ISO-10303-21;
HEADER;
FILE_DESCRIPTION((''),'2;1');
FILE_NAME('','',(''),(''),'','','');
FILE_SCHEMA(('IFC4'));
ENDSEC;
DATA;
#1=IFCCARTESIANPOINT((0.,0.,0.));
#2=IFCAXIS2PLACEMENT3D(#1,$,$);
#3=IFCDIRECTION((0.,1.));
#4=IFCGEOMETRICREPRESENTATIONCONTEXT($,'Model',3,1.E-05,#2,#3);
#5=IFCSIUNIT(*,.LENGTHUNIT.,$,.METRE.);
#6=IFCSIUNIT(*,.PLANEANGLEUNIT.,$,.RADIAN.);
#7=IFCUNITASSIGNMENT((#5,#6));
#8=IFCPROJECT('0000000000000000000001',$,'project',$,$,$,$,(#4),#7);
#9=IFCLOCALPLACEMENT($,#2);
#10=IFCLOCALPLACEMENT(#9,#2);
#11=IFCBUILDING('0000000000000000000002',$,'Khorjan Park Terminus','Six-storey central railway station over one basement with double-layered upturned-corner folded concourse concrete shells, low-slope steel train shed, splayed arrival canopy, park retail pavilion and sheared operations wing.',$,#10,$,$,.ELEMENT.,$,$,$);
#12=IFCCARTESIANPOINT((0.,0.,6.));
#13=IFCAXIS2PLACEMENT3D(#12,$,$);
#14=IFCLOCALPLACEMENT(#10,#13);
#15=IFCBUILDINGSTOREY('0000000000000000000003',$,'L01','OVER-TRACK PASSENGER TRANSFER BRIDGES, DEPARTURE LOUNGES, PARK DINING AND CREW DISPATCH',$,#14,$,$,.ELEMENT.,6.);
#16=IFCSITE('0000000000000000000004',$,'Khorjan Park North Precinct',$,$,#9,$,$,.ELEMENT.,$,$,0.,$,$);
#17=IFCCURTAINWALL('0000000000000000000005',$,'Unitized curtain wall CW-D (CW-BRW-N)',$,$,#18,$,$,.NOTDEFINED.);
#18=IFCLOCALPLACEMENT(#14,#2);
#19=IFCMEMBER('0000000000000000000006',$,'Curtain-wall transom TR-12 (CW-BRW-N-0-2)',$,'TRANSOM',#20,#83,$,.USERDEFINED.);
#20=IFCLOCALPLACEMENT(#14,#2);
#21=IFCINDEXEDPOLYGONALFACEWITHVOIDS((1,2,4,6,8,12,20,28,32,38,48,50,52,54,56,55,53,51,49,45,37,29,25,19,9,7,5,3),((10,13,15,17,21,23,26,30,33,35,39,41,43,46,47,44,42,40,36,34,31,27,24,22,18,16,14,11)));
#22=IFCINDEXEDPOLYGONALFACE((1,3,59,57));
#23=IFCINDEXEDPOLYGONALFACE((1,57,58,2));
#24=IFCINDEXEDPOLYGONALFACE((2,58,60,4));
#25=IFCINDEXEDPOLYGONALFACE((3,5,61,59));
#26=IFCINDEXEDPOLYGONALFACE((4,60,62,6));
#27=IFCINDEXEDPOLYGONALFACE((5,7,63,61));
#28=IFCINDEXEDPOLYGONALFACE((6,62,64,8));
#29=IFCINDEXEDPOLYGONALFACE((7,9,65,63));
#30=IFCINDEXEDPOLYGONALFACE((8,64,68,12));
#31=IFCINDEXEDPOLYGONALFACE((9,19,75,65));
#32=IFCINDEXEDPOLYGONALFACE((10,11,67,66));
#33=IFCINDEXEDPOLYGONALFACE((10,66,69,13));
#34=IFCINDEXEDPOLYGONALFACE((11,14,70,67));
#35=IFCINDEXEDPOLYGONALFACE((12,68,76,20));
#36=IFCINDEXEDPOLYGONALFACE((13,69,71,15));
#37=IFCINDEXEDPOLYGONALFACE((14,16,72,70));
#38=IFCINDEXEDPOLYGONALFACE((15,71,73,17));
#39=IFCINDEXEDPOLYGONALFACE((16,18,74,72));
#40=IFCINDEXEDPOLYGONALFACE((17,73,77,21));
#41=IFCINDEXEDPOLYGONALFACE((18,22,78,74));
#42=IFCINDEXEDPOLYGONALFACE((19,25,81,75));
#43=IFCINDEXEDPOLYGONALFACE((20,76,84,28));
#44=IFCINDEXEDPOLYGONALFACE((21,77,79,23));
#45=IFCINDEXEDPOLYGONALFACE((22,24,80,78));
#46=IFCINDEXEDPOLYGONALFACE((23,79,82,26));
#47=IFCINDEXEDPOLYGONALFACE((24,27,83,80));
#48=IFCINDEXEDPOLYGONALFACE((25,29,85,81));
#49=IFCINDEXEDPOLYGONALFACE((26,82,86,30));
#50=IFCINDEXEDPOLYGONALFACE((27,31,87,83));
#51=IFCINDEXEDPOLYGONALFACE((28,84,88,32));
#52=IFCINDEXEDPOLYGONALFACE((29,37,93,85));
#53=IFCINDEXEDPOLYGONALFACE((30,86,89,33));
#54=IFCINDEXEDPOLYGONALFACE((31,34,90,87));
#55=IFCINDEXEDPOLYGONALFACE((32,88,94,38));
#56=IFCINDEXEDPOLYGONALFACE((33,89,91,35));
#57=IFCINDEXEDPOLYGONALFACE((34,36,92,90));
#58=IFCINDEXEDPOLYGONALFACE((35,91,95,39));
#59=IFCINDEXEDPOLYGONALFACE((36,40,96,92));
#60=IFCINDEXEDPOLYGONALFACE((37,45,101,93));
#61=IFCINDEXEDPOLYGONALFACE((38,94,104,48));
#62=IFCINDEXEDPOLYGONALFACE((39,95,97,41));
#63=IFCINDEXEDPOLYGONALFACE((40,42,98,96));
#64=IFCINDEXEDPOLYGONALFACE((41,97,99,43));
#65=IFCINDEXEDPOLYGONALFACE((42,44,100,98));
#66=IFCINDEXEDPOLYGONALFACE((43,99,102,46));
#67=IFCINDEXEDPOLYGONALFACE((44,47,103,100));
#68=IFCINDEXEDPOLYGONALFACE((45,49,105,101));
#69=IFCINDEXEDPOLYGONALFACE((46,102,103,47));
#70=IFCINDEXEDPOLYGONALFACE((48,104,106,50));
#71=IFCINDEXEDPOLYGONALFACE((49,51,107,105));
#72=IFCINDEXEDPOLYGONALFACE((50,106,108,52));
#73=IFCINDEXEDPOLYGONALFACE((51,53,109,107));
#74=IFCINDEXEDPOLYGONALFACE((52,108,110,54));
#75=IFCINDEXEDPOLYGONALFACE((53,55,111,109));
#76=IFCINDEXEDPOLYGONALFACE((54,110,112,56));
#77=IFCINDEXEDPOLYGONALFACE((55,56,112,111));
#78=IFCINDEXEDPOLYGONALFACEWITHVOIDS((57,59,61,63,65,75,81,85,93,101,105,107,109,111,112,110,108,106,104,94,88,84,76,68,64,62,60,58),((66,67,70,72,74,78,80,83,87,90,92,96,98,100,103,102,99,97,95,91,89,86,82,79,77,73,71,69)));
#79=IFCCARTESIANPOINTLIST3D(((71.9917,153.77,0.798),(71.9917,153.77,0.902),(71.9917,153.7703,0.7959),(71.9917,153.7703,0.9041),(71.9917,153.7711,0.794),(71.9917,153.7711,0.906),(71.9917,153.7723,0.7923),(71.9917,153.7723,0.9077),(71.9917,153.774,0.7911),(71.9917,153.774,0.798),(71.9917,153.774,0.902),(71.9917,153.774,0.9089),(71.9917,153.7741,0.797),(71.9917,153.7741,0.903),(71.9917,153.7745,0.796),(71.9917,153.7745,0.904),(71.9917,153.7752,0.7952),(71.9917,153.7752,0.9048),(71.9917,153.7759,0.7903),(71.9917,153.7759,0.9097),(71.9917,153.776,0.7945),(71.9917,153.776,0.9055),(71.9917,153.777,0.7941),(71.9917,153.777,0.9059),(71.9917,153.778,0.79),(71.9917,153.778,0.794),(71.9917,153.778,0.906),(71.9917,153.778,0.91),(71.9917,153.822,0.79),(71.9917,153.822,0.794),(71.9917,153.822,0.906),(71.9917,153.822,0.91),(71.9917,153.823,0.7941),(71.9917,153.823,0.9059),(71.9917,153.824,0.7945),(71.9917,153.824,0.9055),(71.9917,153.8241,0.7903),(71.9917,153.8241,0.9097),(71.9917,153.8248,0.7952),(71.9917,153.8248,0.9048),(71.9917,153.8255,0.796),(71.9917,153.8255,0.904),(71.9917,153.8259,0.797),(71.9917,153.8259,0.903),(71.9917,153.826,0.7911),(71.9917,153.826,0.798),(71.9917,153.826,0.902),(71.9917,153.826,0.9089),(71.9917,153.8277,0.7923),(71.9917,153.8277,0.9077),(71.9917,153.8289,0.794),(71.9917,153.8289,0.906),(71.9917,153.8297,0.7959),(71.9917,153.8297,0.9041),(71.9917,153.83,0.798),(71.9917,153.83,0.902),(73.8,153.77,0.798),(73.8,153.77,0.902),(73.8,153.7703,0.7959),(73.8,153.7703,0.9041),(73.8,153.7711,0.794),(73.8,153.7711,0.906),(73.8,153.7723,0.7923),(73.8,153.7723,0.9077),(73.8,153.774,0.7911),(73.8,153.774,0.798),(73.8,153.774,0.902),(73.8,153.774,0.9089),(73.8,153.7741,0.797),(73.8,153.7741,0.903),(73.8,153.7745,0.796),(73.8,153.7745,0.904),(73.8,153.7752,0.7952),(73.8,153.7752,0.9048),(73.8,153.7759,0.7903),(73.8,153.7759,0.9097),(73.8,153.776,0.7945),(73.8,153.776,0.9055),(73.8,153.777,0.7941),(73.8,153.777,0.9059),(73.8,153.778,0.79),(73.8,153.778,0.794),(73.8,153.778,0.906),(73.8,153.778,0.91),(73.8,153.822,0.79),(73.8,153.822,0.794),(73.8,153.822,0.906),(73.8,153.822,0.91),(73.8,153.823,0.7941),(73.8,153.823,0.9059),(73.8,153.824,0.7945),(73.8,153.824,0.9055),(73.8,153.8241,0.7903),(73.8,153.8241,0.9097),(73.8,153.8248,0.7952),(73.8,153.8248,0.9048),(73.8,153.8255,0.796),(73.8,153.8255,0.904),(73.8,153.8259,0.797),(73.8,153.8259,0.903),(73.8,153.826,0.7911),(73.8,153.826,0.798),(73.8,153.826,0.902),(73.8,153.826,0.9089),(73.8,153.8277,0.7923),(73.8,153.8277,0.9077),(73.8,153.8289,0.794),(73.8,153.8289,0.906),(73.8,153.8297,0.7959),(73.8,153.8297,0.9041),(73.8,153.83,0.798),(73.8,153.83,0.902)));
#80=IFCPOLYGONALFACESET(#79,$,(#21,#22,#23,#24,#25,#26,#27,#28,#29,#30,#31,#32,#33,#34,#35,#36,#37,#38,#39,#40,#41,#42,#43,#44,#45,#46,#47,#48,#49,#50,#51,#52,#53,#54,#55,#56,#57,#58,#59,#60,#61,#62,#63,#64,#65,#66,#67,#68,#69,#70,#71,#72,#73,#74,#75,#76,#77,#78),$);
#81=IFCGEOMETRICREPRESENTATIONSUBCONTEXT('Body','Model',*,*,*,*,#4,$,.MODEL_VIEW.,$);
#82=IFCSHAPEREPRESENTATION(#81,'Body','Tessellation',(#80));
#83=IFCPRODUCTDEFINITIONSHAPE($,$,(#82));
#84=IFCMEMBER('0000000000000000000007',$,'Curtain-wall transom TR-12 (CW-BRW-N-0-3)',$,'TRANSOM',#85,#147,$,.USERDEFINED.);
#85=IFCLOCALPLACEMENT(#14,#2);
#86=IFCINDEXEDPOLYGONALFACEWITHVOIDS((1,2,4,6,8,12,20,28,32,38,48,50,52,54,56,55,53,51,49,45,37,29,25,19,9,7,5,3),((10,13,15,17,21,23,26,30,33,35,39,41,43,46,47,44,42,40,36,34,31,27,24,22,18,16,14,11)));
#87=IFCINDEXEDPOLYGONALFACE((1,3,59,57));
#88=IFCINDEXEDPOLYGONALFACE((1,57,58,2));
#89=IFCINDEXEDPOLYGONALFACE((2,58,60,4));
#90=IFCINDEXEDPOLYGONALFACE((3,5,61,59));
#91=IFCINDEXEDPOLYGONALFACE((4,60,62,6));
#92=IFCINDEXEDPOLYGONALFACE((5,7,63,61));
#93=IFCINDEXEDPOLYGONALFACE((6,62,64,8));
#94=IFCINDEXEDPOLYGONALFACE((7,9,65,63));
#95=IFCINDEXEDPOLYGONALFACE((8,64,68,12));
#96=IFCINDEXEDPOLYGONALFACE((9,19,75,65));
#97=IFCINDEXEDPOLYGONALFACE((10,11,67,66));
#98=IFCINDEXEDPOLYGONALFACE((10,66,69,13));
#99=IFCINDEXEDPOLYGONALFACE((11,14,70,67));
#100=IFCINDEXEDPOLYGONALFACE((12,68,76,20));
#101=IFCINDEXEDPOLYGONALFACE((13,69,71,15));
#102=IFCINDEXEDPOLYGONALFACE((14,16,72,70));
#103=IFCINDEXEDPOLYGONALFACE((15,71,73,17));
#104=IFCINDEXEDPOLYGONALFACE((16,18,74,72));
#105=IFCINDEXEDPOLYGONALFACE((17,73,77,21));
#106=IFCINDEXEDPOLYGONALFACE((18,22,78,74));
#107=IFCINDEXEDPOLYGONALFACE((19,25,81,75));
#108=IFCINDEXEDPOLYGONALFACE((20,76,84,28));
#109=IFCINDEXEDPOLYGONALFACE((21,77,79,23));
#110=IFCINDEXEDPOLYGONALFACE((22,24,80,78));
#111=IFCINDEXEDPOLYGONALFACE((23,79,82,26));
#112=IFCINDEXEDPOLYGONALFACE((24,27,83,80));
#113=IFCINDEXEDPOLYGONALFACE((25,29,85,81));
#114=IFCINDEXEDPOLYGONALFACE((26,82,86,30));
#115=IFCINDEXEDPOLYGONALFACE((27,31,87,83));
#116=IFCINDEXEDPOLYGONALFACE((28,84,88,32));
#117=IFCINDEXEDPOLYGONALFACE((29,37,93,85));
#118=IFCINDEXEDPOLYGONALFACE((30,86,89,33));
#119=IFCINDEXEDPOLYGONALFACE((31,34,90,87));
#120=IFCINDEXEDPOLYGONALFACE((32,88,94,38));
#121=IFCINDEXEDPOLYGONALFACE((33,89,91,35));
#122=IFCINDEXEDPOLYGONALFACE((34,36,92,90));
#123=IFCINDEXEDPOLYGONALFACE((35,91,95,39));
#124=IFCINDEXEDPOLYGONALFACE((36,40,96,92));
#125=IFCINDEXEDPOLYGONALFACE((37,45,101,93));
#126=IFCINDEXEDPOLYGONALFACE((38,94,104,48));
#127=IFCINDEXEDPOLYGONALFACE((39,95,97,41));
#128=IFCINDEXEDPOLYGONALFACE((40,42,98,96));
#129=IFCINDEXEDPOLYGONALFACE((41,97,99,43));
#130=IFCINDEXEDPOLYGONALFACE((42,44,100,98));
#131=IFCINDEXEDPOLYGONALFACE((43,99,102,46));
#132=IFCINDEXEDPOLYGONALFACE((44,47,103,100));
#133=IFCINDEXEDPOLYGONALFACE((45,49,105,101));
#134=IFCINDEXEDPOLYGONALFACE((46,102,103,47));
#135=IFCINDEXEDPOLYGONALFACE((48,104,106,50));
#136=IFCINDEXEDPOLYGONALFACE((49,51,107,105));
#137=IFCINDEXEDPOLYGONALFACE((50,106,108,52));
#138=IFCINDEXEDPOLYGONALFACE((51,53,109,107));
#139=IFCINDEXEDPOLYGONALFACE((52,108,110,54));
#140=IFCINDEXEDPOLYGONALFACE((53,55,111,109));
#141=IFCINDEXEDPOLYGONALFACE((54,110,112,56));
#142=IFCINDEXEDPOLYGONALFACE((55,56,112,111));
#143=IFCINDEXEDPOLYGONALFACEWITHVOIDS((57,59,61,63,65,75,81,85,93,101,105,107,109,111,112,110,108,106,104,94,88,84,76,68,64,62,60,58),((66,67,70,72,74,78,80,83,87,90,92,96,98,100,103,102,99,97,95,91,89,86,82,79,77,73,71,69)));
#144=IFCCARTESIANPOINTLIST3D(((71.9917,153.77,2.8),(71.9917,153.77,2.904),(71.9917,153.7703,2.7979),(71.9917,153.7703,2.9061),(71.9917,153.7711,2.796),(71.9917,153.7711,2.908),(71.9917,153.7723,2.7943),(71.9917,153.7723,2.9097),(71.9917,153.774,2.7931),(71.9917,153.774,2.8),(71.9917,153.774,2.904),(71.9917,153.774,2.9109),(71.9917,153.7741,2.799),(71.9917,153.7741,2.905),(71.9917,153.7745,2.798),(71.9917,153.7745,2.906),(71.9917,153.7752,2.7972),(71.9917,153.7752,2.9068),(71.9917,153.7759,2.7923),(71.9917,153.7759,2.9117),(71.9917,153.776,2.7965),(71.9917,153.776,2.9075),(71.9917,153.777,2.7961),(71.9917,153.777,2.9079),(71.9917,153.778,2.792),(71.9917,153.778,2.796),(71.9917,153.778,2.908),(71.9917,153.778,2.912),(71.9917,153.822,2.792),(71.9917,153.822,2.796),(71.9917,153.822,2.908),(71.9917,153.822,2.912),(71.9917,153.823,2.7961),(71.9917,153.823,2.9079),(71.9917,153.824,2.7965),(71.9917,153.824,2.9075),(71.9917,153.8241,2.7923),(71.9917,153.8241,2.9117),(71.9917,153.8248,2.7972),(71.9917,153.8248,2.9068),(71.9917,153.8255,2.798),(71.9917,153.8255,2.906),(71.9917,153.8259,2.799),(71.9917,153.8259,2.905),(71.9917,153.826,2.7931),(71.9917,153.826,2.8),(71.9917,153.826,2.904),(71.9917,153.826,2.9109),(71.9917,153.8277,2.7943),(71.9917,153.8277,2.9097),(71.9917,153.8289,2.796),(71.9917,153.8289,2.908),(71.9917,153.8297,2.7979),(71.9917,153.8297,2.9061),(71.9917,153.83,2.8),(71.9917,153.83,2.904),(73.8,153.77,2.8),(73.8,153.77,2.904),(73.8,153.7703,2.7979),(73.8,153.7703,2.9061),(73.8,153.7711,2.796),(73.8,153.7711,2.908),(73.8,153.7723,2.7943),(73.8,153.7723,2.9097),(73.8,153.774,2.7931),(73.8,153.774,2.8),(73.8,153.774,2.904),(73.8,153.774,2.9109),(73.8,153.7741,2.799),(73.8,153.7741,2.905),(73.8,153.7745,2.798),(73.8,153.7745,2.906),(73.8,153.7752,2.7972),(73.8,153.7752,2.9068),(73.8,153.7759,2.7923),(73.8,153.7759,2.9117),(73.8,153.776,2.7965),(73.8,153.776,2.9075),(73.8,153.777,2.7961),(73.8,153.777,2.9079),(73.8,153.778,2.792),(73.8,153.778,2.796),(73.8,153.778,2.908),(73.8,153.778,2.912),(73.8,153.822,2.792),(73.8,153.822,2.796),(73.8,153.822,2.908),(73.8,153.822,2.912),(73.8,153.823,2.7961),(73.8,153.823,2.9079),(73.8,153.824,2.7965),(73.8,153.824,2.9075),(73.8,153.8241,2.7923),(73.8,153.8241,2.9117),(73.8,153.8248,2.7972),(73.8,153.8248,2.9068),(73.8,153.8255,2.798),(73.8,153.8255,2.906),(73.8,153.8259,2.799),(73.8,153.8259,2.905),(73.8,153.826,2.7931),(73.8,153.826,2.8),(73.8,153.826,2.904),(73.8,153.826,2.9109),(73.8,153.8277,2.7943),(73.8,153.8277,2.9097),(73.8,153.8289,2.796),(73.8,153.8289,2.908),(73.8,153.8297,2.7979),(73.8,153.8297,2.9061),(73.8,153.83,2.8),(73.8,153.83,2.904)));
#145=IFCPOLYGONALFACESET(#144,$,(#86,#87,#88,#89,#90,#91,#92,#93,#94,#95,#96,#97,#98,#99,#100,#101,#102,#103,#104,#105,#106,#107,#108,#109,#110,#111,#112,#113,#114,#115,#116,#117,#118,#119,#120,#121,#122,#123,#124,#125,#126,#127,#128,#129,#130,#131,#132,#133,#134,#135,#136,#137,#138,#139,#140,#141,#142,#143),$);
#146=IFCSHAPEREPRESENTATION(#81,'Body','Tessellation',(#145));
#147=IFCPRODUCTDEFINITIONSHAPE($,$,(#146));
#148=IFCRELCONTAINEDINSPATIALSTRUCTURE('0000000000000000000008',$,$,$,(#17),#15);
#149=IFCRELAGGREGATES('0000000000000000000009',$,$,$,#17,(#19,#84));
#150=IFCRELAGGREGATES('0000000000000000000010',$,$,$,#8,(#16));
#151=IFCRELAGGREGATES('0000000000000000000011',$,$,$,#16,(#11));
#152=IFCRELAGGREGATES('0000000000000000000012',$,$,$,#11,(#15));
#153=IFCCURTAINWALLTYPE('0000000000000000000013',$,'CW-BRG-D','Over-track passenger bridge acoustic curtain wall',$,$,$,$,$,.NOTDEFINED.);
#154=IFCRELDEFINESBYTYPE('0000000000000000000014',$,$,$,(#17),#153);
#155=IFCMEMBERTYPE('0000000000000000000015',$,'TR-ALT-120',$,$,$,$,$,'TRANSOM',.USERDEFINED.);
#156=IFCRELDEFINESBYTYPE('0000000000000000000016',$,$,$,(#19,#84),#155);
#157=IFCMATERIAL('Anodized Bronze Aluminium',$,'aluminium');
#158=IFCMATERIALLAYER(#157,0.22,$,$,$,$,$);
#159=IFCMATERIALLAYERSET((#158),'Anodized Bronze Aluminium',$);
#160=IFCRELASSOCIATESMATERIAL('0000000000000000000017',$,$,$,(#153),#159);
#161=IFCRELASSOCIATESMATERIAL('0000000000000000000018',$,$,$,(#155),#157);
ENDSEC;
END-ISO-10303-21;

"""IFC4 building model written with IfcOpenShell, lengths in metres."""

from ifc_helpers import new_model, si_unit, direction, frame, origin, origin_2d, place, context, subcontext, project, spatial, hollow_rectangle, extrude, material, layer, layer_set, material_profile, profile_set, type_object, element, aggregate, save


model = new_model("IFC4")

# Units and contexts
model_context = context("Model", 3, precision=1e-05, world=origin(), true_north=direction((0.0, 1.0)))
body_context = subcontext(model_context, "Body", "Model", "MODEL_VIEW")
ifc_project = project(units=[si_unit("LENGTHUNIT", "METRE"), si_unit("PLANEANGLEUNIT", "RADIAN")], contexts=[model_context])

# Site, building, storey
site_placement = place(None, origin())
site = spatial("IfcSite", under=ifc_project, at=site_placement, Name="Khorjan Park North Precinct", CompositionType="ELEMENT", RefElevation=0.0)
building_placement = place(site_placement, origin())
building = spatial("IfcBuilding", under=site, at=building_placement, Name="Khorjan Park Terminus", Description="Six-storey central railway station over one basement with double-layered upturned-corner folded concourse concrete shells, low-slope steel train shed, splayed arrival canopy, park retail pavilion and sheared operations wing.", CompositionType="ELEMENT")
storey_placement = place(building_placement, frame((0.0, 0.0, 6.0)))
storey = spatial("IfcBuildingStorey", under=building, at=storey_placement, Name="L01", Description="OVER-TRACK PASSENGER TRANSFER BRIDGES, DEPARTURE LOUNGES, PARK DINING AND CREW DISPATCH", CompositionType="ELEMENT", Elevation=6.0)

# Curtain wall, members
ifc_material_1 = material(Name="Anodized Bronze Aluminium", Category="aluminium")
ifc_layer_1 = layer(ifc_material_1, 0.22)
ifc_layer_set_1 = layer_set([ifc_layer_1], Name="Anodized Bronze Aluminium")
curtain_wall_type = type_object("IfcCurtainWallType", Name="CW-BRG-D", Description="Over-track passenger bridge acoustic curtain wall", PredefinedType="NOTDEFINED", material=ifc_layer_set_1)
curtain_wall_placement = place(storey_placement, origin())
curtain_wall = element("IfcCurtainWall", 1, at=curtain_wall_placement, inside=storey, type_object=curtain_wall_type, Name="Unitized curtain wall CW-D (CW-BRW-N)", PredefinedType="NOTDEFINED")
ifc_material_profile_1 = material_profile(ifc_material_1, hollow_rectangle(XDim=0.06, YDim=0.12, WallThickness=0.004, InnerFilletRadius=0.004, OuterFilletRadius=0.008, at=origin_2d()), Name="ALT 60x120x4")
ifc_profile_set_1 = profile_set([ifc_material_profile_1], Name="Anodized Bronze Aluminium")
member_type_1 = type_object("IfcMemberType", Name="TR-ALT-120", ElementType="TRANSOM", PredefinedType="USERDEFINED", material=ifc_profile_set_1)
member_1_placement = place(storey_placement, frame((73.8, 153.8, 0.85), z_axis=(-1.0, 0.0, 0.0), x_axis=(0.0, -1.0, 0.0)))
member_1 = element("IfcMember", 2, at=member_1_placement, type_object=member_type_1, Name="Curtain-wall transom TR-12 (CW-BRW-N-0-2)", ObjectType="TRANSOM", PredefinedType="USERDEFINED", context=body_context, shape_type="SweptSolid", body=[
    extrude(hollow_rectangle(XDim=0.06, YDim=0.12, WallThickness=0.004, InnerFilletRadius=0.004, OuterFilletRadius=0.008, at=origin_2d()), origin(), (0.0, 0.0, 1.0), 1.8083),
])
member_2_placement = place(storey_placement, frame((73.8, 153.8, 2.852), z_axis=(-1.0, 0.0, 0.0), x_axis=(0.0, -1.0, 0.0)))
member_2 = element("IfcMember", 3, at=member_2_placement, type_object=member_type_1, Name="Curtain-wall transom TR-12 (CW-BRW-N-0-3)", ObjectType="TRANSOM", PredefinedType="USERDEFINED", context=body_context, shape_type="SweptSolid", body=[
    extrude(hollow_rectangle(XDim=0.06, YDim=0.12, WallThickness=0.004, InnerFilletRadius=0.004, OuterFilletRadius=0.008, at=origin_2d()), origin(), (0.0, 0.0, 1.0), 1.8083),
])
aggregate(curtain_wall, [member_1, member_2])

save(model, "model.ifc")
